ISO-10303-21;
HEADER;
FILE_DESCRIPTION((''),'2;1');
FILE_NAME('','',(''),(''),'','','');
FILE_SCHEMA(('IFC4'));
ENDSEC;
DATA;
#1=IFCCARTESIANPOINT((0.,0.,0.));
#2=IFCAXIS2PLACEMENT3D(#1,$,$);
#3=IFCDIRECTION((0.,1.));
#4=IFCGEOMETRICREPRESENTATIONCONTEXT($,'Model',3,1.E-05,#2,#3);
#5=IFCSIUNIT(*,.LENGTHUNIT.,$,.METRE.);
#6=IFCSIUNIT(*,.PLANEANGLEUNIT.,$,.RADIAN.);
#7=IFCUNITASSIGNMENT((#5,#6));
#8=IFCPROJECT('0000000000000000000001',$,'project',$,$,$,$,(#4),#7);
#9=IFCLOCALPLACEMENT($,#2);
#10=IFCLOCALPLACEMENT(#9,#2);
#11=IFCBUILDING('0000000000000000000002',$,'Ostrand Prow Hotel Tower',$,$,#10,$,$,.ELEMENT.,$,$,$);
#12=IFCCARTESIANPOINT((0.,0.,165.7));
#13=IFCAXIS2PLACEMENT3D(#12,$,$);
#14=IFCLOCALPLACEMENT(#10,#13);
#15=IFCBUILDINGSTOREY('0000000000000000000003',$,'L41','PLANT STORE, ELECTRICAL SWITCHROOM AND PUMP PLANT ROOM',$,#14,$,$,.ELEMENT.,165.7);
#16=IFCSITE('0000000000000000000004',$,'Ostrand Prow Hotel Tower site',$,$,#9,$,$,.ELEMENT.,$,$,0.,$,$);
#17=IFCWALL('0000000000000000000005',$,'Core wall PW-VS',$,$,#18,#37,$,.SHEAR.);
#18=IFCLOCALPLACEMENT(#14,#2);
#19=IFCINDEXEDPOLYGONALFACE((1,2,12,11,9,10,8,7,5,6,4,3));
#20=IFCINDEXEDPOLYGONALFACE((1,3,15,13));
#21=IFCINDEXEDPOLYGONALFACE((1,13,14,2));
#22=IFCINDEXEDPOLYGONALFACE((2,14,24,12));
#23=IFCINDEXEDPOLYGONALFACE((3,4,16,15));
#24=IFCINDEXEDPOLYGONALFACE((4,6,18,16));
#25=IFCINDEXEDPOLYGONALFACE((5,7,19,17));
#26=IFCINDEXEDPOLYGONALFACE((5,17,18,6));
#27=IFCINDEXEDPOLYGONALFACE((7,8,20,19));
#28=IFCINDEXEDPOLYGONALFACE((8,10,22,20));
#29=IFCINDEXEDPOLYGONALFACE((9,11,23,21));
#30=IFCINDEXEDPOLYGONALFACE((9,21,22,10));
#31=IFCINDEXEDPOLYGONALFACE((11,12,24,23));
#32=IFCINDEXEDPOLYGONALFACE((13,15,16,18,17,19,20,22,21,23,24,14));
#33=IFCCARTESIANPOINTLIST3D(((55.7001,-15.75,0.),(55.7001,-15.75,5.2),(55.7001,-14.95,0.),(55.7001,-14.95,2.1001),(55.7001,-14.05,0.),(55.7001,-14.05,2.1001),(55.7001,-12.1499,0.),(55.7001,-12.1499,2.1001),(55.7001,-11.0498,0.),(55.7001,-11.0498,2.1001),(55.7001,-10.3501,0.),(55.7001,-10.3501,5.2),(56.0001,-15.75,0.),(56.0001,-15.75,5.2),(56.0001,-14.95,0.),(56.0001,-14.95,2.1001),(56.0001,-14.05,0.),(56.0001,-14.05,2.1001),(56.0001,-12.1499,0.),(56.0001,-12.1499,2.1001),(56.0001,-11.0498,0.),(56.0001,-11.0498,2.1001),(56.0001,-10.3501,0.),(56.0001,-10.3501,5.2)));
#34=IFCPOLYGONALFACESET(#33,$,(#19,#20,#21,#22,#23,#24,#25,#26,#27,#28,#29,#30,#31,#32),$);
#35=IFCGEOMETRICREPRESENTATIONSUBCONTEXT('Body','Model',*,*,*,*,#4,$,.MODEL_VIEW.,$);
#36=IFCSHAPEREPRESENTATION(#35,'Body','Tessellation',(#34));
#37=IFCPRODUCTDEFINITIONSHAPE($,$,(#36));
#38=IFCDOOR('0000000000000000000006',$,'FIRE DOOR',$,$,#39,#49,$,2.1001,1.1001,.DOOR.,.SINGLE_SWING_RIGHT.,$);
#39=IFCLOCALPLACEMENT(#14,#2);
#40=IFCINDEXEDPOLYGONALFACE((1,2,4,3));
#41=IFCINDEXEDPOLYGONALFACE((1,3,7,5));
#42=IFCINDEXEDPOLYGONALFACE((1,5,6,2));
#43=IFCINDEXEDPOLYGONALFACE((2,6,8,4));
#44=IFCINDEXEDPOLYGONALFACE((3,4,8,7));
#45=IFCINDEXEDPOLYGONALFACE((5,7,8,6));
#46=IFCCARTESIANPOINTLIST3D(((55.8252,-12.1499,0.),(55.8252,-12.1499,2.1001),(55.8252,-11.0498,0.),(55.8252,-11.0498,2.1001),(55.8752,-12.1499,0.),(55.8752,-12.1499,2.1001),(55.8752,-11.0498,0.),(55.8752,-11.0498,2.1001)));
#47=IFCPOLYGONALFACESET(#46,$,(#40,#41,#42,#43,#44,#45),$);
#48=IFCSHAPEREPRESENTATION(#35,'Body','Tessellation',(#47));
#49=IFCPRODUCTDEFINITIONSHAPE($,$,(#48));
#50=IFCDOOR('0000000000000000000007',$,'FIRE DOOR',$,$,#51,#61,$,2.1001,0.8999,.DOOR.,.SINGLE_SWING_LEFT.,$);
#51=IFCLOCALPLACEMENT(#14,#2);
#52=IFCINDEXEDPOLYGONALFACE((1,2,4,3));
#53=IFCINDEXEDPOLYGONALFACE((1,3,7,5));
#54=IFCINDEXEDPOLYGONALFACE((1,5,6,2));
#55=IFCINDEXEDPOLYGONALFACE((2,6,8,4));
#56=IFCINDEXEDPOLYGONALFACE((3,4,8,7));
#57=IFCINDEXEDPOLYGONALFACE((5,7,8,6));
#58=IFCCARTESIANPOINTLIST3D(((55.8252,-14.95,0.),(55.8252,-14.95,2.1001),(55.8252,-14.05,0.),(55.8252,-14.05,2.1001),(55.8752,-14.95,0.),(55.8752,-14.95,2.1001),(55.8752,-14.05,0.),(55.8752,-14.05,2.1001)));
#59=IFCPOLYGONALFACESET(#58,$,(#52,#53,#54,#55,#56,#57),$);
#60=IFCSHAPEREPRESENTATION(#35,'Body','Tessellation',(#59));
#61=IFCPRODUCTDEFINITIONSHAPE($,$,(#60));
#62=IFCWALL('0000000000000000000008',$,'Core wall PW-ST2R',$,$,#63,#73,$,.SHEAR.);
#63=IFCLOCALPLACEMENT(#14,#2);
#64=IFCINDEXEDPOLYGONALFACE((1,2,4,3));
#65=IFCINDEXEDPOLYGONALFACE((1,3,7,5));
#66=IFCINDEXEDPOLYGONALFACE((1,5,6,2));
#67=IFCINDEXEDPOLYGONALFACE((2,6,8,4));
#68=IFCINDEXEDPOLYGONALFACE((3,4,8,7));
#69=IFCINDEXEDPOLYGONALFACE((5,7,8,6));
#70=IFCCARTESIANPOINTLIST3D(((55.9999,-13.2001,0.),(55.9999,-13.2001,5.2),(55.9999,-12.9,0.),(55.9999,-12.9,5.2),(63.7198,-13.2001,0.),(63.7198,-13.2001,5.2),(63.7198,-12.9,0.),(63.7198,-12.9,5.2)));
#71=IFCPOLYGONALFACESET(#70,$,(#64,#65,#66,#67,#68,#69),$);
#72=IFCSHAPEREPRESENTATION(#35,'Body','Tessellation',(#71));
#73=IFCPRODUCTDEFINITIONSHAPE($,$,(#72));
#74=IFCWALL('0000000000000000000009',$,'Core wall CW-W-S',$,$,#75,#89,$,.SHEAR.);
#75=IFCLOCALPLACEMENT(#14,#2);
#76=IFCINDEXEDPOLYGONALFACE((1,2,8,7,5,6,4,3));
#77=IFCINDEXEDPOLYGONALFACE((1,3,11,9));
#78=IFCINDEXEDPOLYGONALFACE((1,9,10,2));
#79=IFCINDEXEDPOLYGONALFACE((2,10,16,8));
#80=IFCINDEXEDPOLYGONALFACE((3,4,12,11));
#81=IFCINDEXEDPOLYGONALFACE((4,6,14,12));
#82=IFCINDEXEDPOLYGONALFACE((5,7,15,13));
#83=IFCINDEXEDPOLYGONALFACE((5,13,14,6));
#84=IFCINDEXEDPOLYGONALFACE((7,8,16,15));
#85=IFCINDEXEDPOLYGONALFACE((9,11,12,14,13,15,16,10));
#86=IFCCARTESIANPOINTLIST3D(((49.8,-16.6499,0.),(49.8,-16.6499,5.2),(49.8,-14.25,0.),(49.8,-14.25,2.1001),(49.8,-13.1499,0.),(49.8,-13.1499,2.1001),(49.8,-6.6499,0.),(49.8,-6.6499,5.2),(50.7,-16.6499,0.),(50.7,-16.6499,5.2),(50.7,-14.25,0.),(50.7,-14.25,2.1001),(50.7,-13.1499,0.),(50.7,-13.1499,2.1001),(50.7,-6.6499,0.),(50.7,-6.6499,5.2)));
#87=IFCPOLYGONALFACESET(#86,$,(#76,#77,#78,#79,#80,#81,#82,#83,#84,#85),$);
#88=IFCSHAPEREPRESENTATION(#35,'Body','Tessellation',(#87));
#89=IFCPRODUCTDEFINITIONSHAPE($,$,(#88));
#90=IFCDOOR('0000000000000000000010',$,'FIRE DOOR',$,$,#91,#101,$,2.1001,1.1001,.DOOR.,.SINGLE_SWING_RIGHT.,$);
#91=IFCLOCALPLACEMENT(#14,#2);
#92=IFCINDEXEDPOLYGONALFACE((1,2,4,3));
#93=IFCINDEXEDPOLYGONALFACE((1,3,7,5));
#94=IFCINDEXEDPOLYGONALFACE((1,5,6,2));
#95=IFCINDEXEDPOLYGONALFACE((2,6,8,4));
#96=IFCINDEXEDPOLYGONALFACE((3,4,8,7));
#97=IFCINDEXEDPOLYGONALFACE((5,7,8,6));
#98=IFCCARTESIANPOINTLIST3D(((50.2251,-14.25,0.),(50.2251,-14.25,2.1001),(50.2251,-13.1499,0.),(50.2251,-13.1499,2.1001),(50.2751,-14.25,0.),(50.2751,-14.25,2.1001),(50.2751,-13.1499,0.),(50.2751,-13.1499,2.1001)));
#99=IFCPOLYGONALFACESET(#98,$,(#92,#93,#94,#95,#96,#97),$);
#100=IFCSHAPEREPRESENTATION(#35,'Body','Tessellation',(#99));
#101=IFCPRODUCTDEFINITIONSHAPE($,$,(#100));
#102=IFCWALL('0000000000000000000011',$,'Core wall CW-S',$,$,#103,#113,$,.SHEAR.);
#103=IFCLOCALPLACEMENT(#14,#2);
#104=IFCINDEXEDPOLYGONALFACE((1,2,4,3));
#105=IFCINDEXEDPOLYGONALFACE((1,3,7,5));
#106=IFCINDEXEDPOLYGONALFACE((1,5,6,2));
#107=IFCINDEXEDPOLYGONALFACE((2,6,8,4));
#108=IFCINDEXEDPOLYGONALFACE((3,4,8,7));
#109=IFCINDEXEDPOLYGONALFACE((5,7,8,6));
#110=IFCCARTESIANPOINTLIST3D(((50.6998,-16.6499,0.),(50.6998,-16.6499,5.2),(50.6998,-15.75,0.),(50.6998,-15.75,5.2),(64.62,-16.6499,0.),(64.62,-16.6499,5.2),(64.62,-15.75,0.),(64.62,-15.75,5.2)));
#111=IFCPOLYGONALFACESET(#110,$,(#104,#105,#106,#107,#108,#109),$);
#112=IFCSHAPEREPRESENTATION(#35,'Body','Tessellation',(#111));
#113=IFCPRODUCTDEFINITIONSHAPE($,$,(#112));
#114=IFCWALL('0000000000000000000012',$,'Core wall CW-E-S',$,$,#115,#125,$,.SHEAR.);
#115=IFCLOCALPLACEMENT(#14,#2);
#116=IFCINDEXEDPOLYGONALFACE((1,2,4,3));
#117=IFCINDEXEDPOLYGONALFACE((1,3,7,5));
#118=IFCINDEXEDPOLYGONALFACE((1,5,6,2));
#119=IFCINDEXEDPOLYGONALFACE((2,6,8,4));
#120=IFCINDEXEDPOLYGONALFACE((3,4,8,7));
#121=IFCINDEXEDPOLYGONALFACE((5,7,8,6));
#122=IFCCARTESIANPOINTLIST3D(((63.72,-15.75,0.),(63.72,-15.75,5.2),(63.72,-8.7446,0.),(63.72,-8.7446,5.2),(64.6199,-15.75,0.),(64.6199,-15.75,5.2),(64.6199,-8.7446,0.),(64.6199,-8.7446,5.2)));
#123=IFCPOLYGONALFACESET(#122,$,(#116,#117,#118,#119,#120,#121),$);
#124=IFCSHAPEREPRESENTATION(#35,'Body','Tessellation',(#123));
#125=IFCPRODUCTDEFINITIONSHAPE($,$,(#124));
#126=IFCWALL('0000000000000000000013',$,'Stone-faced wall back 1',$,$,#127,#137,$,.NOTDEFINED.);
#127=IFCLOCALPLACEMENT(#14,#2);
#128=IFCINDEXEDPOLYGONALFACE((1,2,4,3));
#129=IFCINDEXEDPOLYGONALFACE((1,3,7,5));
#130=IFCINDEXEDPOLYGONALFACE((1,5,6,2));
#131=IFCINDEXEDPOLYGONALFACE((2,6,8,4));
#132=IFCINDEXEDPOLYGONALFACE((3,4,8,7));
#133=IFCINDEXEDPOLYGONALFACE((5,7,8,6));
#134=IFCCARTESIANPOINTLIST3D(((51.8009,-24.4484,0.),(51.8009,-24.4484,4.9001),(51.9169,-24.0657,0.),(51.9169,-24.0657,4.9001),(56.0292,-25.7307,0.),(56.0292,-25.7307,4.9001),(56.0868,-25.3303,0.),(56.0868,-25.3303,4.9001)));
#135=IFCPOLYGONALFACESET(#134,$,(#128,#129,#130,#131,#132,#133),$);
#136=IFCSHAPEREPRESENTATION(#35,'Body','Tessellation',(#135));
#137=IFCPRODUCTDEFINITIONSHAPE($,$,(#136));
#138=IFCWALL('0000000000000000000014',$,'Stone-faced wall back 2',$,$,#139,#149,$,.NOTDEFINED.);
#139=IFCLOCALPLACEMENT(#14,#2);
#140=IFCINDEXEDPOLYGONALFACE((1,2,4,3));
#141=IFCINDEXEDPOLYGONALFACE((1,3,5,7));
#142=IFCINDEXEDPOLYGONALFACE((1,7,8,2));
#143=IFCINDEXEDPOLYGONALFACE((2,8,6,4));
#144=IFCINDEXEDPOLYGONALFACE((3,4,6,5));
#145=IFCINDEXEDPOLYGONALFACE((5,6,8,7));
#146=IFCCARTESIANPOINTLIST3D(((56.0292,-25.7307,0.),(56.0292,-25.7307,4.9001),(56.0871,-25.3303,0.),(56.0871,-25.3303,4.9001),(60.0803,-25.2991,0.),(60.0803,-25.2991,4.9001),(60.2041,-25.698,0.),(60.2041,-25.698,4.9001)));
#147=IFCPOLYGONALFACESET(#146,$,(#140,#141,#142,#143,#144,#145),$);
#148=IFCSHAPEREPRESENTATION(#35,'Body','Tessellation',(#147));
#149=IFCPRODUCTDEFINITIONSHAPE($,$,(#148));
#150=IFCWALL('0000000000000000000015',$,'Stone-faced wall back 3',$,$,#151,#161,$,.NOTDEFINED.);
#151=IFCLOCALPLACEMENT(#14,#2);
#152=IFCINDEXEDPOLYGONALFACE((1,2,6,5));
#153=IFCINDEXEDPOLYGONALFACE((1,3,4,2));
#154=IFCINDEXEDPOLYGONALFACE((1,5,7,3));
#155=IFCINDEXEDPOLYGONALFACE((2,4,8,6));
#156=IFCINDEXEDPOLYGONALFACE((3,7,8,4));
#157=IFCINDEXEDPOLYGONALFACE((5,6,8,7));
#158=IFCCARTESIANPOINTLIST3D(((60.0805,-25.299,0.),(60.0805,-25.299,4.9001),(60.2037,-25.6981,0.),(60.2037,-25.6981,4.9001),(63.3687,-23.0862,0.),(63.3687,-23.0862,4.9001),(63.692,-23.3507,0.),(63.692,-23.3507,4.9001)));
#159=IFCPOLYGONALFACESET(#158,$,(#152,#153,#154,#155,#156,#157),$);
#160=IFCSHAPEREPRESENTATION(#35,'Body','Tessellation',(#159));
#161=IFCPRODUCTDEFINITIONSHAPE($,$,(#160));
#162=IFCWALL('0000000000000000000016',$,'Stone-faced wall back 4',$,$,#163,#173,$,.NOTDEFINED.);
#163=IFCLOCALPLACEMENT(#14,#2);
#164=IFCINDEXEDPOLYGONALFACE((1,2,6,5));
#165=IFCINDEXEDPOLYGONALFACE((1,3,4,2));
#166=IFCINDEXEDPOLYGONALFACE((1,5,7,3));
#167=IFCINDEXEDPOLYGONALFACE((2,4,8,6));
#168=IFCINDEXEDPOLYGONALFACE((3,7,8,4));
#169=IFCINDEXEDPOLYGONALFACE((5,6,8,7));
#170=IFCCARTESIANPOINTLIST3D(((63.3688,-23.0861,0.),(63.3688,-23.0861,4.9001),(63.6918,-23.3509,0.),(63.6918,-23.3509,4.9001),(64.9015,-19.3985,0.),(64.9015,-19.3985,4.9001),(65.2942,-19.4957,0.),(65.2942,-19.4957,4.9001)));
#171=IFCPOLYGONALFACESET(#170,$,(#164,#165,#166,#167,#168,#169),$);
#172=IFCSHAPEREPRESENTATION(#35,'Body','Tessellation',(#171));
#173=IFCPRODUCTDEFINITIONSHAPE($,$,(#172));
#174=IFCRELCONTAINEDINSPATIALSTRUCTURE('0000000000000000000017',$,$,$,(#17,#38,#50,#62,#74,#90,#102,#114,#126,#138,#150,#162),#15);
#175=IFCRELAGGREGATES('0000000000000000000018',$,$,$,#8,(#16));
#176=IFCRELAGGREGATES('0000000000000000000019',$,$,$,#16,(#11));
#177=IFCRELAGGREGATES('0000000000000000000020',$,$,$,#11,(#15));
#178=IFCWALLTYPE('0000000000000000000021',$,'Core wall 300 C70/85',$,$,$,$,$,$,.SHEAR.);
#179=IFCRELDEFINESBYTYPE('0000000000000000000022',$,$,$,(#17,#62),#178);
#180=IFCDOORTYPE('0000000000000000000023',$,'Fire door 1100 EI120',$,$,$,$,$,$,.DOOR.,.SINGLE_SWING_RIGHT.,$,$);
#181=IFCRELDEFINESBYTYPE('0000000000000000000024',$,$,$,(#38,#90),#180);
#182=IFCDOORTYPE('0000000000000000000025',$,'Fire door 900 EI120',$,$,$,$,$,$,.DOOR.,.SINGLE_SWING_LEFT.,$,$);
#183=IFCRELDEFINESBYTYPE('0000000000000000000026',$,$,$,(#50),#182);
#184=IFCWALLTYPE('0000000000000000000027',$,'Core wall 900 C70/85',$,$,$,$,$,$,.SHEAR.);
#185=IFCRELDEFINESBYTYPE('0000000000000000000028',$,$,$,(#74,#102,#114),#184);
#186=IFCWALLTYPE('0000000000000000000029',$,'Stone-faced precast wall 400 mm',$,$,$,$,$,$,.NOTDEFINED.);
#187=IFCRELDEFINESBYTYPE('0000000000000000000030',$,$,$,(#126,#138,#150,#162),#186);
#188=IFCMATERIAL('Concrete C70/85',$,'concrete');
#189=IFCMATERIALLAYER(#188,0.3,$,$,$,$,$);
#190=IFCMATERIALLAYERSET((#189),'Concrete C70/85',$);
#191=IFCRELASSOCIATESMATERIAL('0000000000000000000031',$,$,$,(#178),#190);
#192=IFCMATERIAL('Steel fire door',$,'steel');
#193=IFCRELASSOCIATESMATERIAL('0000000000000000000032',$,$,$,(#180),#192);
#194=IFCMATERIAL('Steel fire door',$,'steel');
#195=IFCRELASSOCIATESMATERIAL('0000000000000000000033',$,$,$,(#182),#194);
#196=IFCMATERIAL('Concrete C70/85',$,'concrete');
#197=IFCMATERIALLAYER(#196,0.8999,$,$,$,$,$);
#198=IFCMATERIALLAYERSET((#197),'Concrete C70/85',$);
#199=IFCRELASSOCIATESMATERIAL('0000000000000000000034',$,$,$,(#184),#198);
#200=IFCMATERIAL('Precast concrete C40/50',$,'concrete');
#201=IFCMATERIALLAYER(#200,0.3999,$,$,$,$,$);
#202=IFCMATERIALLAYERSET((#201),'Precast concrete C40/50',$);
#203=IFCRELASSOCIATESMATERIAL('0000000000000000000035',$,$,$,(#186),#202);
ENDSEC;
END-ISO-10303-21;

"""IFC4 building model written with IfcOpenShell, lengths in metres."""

from ifc_helpers import new_model, si_unit, direction, frame, frame_2d, origin, place, context, subcontext, project, spatial, polyline, rectangle, outline, extrude, material, layer, layer_set, type_object, element, fill, save


model = new_model("IFC4")

# Units and contexts
model_context = context("Model", 3, precision=1e-05, world=origin(), true_north=direction((0.0, 1.0)))
body_context = subcontext(model_context, "Body", "Model", "MODEL_VIEW")
ifc_project = project(units=[si_unit("LENGTHUNIT", "METRE"), si_unit("PLANEANGLEUNIT", "RADIAN")], contexts=[model_context])

# Site, building, storey
site_placement = place(None, origin())
site = spatial("IfcSite", under=ifc_project, at=site_placement, Name="Ostrand Prow Hotel Tower site", CompositionType="ELEMENT", RefElevation=0.0)
building_placement = place(site_placement, origin())
building = spatial("IfcBuilding", under=site, at=building_placement, Name="Ostrand Prow Hotel Tower", CompositionType="ELEMENT")
storey_placement = place(building_placement, frame((0.0, 0.0, 165.7)))
storey = spatial("IfcBuildingStorey", under=building, at=storey_placement, Name="L41", Description="PLANT STORE, ELECTRICAL SWITCHROOM AND PUMP PLANT ROOM", CompositionType="ELEMENT", Elevation=165.7)

# Wall, openings, doors
ifc_material_1 = material(Name="Concrete C70/85", Category="concrete")
ifc_layer_1 = layer(ifc_material_1, 0.3)
ifc_layer_set_1 = layer_set([ifc_layer_1], Name="Concrete C70/85")
wall_type_1 = type_object("IfcWallType", Name="Core wall 300 C70/85", PredefinedType="SHEAR", material=ifc_layer_set_1)
wall_1_placement = place(storey_placement, frame((55.8501, -15.75, 0.0), z_axis=(0.0, 0.0, 1.0), x_axis=(0.0, 1.0, 0.0)))
wall_1 = element("IfcWall", 1, at=wall_1_placement, inside=storey, type_object=wall_type_1, Name="Core wall PW-VS", PredefinedType="SHEAR", context=body_context, shape_type="SweptSolid", body=[
    extrude(rectangle(XDim=5.3999, YDim=0.3, at=frame_2d((2.7, 0.0))), origin(), (0.0, 0.0, 1.0), 5.2),
])
opening_1_placement = place(wall_1_placement, frame((3.6001, 0.0, 0.0)))
opening_1 = element("IfcOpeningElement", 2, at=opening_1_placement, cuts=wall_1, PredefinedType="OPENING", context=body_context, shape_type="SweptSolid", body=[
    extrude(rectangle(XDim=1.1001, YDim=2.1001, at=frame_2d((0.55, 1.05))), frame((0.0, 0.1599, 0.0), z_axis=(0.0, -1.0, 0.0), x_axis=(1.0, 0.0, 0.0)), (0.0, 0.0, 1.0), 0.3201),
])
opening_2_placement = place(wall_1_placement, frame((0.8, 0.0, 0.0)))
opening_2 = element("IfcOpeningElement", 3, at=opening_2_placement, cuts=wall_1, PredefinedType="OPENING", context=body_context, shape_type="SweptSolid", body=[
    extrude(rectangle(XDim=0.8999, YDim=2.1001, at=frame_2d((0.45, 1.05))), frame((0.0, 0.1599, 0.0), z_axis=(0.0, -1.0, 0.0), x_axis=(1.0, 0.0, 0.0)), (0.0, 0.0, 1.0), 0.3201),
])
ifc_material_2 = material(Name="Steel fire door", Category="steel")
door_type_1 = type_object("IfcDoorType", Name="Fire door 1100 EI120", OperationType="SINGLE_SWING_RIGHT", PredefinedType="DOOR", material=ifc_material_2)
door_1_placement = place(opening_1_placement, origin())
door_1 = element("IfcDoor", 4, at=door_1_placement, inside=storey, type_object=door_type_1, Name="FIRE DOOR", OperationType="SINGLE_SWING_RIGHT", OverallHeight=2.1001, OverallWidth=1.1001, PredefinedType="DOOR", context=body_context, shape_type="SweptSolid", body=[
    extrude(rectangle(XDim=1.1001, YDim=2.1001, at=frame_2d((0.55, 1.05))), frame((0.0, 0.0249, 0.0), z_axis=(0.0, -1.0, 0.0), x_axis=(1.0, 0.0, 0.0)), (0.0, 0.0, 1.0), 0.05),
])
fill(opening_1, door_1)
ifc_material_3 = material(Name="Steel fire door", Category="steel")
door_type_2 = type_object("IfcDoorType", Name="Fire door 900 EI120", OperationType="SINGLE_SWING_LEFT", PredefinedType="DOOR", material=ifc_material_3)
door_2_placement = place(opening_2_placement, origin())
door_2 = element("IfcDoor", 5, at=door_2_placement, inside=storey, type_object=door_type_2, Name="FIRE DOOR", OperationType="SINGLE_SWING_LEFT", OverallHeight=2.1001, OverallWidth=0.8999, PredefinedType="DOOR", context=body_context, shape_type="SweptSolid", body=[
    extrude(rectangle(XDim=0.8999, YDim=2.1001, at=frame_2d((0.45, 1.05))), frame((0.0, 0.0249, 0.0), z_axis=(0.0, -1.0, 0.0), x_axis=(1.0, 0.0, 0.0)), (0.0, 0.0, 1.0), 0.05),
])
fill(opening_2, door_2)

# Wall
wall_2_placement = place(storey_placement, frame((56.0, -13.05, 0.0), z_axis=(0.0, 0.0, 1.0), x_axis=(1.0, 0.0, 0.0)))
element("IfcWall", 6, at=wall_2_placement, inside=storey, type_object=wall_type_1, Name="Core wall PW-ST2R", PredefinedType="SHEAR", context=body_context, shape_type="SweptSolid", body=[
    extrude(rectangle(XDim=7.72, YDim=0.3, at=frame_2d((3.8599, 0.0))), origin(), (0.0, 0.0, 1.0), 5.2),
])

# Wall, opening, door
ifc_material_4 = material(Name="Concrete C70/85", Category="concrete")
ifc_layer_2 = layer(ifc_material_4, 0.8999)
ifc_layer_set_2 = layer_set([ifc_layer_2], Name="Concrete C70/85")
wall_type_2 = type_object("IfcWallType", Name="Core wall 900 C70/85", PredefinedType="SHEAR", material=ifc_layer_set_2)
wall_3_placement = place(storey_placement, frame((50.25, -16.6499, 0.0), z_axis=(0.0, 0.0, 1.0), x_axis=(0.0, 1.0, 0.0)))
wall_3 = element("IfcWall", 7, at=wall_3_placement, inside=storey, type_object=wall_type_2, Name="Core wall CW-W-S", PredefinedType="SHEAR", context=body_context, shape_type="SweptSolid", body=[
    extrude(rectangle(XDim=10.0, YDim=0.8999, at=frame_2d((5.0, 0.0))), origin(), (0.0, 0.0, 1.0), 5.2),
])
opening_3_placement = place(wall_3_placement, frame((2.3999, 0.0, 0.0)))
opening_3 = element("IfcOpeningElement", 8, at=opening_3_placement, cuts=wall_3, PredefinedType="OPENING", context=body_context, shape_type="SweptSolid", body=[
    extrude(rectangle(XDim=1.1001, YDim=2.1001, at=frame_2d((0.55, 1.05))), frame((0.0, 0.46, 0.0), z_axis=(0.0, -1.0, 0.0), x_axis=(1.0, 0.0, 0.0)), (0.0, 0.0, 1.0), 0.9199),
])
door_3_placement = place(opening_3_placement, origin())
door_3 = element("IfcDoor", 9, at=door_3_placement, inside=storey, type_object=door_type_1, Name="FIRE DOOR", OperationType="SINGLE_SWING_RIGHT", OverallHeight=2.1001, OverallWidth=1.1001, PredefinedType="DOOR", context=body_context, shape_type="SweptSolid", body=[
    extrude(rectangle(XDim=1.1001, YDim=2.1001, at=frame_2d((0.55, 1.05))), frame((0.0, 0.0249, 0.0), z_axis=(0.0, -1.0, 0.0), x_axis=(1.0, 0.0, 0.0)), (0.0, 0.0, 1.0), 0.05),
])
fill(opening_3, door_3)

# Walls
wall_4_placement = place(storey_placement, frame((50.7, -16.2, 0.0), z_axis=(0.0, 0.0, 1.0), x_axis=(1.0, 0.0, 0.0)))
element("IfcWall", 10, at=wall_4_placement, inside=storey, type_object=wall_type_2, Name="Core wall CW-S", PredefinedType="SHEAR", context=body_context, shape_type="SweptSolid", body=[
    extrude(rectangle(XDim=13.9202, YDim=0.8999, at=frame_2d((6.96, 0.0))), origin(), (0.0, 0.0, 1.0), 5.2),
])
wall_5_placement = place(storey_placement, frame((64.1699, -15.75, 0.0), z_axis=(0.0, 0.0, 1.0), x_axis=(0.0, 1.0, 0.0)))
element("IfcWall", 11, at=wall_5_placement, inside=storey, type_object=wall_type_2, Name="Core wall CW-E-S", PredefinedType="SHEAR", context=body_context, shape_type="SweptSolid", body=[
    extrude(rectangle(XDim=7.0054, YDim=0.8999, at=frame_2d((3.5027, 0.0))), origin(), (0.0, 0.0, 1.0), 5.2),
])
ifc_material_5 = material(Name="Precast concrete C40/50", Category="concrete")
ifc_layer_3 = layer(ifc_material_5, 0.3999)
ifc_layer_set_3 = layer_set([ifc_layer_3], Name="Precast concrete C40/50")
wall_type_3 = type_object("IfcWallType", Name="Stone-faced precast wall 400 mm", PredefinedType="NOTDEFINED", material=ifc_layer_set_3)
wall_6_placement = place(storey_placement, frame((51.8589, -24.2571, 0.0), z_axis=(0.0, 0.0, 1.0), x_axis=(0.956964, -0.290205, 0.0)))
element("IfcWall", 12, at=wall_6_placement, inside=storey, type_object=wall_type_3, Name="Stone-faced wall back 1", PredefinedType="NOTDEFINED", context=body_context, shape_type="SweptSolid", body=[
    extrude(outline(polyline([(0.0, -0.2), (4.4185, -0.2), (4.3574, 0.2), (0.0, 0.2), (0.0, -0.2)])), origin(), (0.0, 0.0, 1.0), 4.9001),
])
wall_7_placement = place(storey_placement, frame((56.0581, -25.5305, 0.0), z_axis=(0.0, 0.0, 1.0), x_axis=(0.999969, 0.007831, 0.0)))
element("IfcWall", 13, at=wall_7_placement, inside=storey, type_object=wall_type_3, Name="Stone-faced wall back 2", PredefinedType="NOTDEFINED", context=body_context, shape_type="SweptSolid", body=[
    extrude(outline(polyline([(-0.0305, -0.2), (4.1445, -0.2), (4.0239, 0.2), (0.0305, 0.2), (-0.0305, -0.2)])), origin(), (0.0, 0.0, 1.0), 4.9001),
])
wall_8_placement = place(storey_placement, frame((60.1421, -25.4985, 0.0), z_axis=(0.0, 0.0, 1.0), x_axis=(0.829642, 0.558296, 0.0)))
element("IfcWall", 14, at=wall_8_placement, inside=storey, type_object=wall_type_3, Name="Stone-faced wall back 3", PredefinedType="NOTDEFINED", context=body_context, shape_type="SweptSolid", body=[
    extrude(outline(polyline([(-0.0603, -0.2), (4.1443, -0.2), (4.0237, 0.2), (0.0603, 0.2), (-0.0603, -0.2)])), origin(), (0.0, 0.0, 1.0), 4.9001),
])
wall_9_placement = place(storey_placement, frame((63.5303, -23.2185, 0.0), z_axis=(0.0, 0.0, 1.0), x_axis=(0.383817, 0.923409, 0.0)))
element("IfcWall", 15, at=wall_9_placement, inside=storey, type_object=wall_type_3, Name="Stone-faced wall back 4", PredefinedType="NOTDEFINED", context=body_context, shape_type="SweptSolid", body=[
    extrude(outline(polyline([(-0.0603, -0.2), (4.1147, -0.2), (4.0537, 0.2), (0.0603, 0.2), (-0.0603, -0.2)])), origin(), (0.0, 0.0, 1.0), 4.9001),
])

save(model, "model.ifc")
